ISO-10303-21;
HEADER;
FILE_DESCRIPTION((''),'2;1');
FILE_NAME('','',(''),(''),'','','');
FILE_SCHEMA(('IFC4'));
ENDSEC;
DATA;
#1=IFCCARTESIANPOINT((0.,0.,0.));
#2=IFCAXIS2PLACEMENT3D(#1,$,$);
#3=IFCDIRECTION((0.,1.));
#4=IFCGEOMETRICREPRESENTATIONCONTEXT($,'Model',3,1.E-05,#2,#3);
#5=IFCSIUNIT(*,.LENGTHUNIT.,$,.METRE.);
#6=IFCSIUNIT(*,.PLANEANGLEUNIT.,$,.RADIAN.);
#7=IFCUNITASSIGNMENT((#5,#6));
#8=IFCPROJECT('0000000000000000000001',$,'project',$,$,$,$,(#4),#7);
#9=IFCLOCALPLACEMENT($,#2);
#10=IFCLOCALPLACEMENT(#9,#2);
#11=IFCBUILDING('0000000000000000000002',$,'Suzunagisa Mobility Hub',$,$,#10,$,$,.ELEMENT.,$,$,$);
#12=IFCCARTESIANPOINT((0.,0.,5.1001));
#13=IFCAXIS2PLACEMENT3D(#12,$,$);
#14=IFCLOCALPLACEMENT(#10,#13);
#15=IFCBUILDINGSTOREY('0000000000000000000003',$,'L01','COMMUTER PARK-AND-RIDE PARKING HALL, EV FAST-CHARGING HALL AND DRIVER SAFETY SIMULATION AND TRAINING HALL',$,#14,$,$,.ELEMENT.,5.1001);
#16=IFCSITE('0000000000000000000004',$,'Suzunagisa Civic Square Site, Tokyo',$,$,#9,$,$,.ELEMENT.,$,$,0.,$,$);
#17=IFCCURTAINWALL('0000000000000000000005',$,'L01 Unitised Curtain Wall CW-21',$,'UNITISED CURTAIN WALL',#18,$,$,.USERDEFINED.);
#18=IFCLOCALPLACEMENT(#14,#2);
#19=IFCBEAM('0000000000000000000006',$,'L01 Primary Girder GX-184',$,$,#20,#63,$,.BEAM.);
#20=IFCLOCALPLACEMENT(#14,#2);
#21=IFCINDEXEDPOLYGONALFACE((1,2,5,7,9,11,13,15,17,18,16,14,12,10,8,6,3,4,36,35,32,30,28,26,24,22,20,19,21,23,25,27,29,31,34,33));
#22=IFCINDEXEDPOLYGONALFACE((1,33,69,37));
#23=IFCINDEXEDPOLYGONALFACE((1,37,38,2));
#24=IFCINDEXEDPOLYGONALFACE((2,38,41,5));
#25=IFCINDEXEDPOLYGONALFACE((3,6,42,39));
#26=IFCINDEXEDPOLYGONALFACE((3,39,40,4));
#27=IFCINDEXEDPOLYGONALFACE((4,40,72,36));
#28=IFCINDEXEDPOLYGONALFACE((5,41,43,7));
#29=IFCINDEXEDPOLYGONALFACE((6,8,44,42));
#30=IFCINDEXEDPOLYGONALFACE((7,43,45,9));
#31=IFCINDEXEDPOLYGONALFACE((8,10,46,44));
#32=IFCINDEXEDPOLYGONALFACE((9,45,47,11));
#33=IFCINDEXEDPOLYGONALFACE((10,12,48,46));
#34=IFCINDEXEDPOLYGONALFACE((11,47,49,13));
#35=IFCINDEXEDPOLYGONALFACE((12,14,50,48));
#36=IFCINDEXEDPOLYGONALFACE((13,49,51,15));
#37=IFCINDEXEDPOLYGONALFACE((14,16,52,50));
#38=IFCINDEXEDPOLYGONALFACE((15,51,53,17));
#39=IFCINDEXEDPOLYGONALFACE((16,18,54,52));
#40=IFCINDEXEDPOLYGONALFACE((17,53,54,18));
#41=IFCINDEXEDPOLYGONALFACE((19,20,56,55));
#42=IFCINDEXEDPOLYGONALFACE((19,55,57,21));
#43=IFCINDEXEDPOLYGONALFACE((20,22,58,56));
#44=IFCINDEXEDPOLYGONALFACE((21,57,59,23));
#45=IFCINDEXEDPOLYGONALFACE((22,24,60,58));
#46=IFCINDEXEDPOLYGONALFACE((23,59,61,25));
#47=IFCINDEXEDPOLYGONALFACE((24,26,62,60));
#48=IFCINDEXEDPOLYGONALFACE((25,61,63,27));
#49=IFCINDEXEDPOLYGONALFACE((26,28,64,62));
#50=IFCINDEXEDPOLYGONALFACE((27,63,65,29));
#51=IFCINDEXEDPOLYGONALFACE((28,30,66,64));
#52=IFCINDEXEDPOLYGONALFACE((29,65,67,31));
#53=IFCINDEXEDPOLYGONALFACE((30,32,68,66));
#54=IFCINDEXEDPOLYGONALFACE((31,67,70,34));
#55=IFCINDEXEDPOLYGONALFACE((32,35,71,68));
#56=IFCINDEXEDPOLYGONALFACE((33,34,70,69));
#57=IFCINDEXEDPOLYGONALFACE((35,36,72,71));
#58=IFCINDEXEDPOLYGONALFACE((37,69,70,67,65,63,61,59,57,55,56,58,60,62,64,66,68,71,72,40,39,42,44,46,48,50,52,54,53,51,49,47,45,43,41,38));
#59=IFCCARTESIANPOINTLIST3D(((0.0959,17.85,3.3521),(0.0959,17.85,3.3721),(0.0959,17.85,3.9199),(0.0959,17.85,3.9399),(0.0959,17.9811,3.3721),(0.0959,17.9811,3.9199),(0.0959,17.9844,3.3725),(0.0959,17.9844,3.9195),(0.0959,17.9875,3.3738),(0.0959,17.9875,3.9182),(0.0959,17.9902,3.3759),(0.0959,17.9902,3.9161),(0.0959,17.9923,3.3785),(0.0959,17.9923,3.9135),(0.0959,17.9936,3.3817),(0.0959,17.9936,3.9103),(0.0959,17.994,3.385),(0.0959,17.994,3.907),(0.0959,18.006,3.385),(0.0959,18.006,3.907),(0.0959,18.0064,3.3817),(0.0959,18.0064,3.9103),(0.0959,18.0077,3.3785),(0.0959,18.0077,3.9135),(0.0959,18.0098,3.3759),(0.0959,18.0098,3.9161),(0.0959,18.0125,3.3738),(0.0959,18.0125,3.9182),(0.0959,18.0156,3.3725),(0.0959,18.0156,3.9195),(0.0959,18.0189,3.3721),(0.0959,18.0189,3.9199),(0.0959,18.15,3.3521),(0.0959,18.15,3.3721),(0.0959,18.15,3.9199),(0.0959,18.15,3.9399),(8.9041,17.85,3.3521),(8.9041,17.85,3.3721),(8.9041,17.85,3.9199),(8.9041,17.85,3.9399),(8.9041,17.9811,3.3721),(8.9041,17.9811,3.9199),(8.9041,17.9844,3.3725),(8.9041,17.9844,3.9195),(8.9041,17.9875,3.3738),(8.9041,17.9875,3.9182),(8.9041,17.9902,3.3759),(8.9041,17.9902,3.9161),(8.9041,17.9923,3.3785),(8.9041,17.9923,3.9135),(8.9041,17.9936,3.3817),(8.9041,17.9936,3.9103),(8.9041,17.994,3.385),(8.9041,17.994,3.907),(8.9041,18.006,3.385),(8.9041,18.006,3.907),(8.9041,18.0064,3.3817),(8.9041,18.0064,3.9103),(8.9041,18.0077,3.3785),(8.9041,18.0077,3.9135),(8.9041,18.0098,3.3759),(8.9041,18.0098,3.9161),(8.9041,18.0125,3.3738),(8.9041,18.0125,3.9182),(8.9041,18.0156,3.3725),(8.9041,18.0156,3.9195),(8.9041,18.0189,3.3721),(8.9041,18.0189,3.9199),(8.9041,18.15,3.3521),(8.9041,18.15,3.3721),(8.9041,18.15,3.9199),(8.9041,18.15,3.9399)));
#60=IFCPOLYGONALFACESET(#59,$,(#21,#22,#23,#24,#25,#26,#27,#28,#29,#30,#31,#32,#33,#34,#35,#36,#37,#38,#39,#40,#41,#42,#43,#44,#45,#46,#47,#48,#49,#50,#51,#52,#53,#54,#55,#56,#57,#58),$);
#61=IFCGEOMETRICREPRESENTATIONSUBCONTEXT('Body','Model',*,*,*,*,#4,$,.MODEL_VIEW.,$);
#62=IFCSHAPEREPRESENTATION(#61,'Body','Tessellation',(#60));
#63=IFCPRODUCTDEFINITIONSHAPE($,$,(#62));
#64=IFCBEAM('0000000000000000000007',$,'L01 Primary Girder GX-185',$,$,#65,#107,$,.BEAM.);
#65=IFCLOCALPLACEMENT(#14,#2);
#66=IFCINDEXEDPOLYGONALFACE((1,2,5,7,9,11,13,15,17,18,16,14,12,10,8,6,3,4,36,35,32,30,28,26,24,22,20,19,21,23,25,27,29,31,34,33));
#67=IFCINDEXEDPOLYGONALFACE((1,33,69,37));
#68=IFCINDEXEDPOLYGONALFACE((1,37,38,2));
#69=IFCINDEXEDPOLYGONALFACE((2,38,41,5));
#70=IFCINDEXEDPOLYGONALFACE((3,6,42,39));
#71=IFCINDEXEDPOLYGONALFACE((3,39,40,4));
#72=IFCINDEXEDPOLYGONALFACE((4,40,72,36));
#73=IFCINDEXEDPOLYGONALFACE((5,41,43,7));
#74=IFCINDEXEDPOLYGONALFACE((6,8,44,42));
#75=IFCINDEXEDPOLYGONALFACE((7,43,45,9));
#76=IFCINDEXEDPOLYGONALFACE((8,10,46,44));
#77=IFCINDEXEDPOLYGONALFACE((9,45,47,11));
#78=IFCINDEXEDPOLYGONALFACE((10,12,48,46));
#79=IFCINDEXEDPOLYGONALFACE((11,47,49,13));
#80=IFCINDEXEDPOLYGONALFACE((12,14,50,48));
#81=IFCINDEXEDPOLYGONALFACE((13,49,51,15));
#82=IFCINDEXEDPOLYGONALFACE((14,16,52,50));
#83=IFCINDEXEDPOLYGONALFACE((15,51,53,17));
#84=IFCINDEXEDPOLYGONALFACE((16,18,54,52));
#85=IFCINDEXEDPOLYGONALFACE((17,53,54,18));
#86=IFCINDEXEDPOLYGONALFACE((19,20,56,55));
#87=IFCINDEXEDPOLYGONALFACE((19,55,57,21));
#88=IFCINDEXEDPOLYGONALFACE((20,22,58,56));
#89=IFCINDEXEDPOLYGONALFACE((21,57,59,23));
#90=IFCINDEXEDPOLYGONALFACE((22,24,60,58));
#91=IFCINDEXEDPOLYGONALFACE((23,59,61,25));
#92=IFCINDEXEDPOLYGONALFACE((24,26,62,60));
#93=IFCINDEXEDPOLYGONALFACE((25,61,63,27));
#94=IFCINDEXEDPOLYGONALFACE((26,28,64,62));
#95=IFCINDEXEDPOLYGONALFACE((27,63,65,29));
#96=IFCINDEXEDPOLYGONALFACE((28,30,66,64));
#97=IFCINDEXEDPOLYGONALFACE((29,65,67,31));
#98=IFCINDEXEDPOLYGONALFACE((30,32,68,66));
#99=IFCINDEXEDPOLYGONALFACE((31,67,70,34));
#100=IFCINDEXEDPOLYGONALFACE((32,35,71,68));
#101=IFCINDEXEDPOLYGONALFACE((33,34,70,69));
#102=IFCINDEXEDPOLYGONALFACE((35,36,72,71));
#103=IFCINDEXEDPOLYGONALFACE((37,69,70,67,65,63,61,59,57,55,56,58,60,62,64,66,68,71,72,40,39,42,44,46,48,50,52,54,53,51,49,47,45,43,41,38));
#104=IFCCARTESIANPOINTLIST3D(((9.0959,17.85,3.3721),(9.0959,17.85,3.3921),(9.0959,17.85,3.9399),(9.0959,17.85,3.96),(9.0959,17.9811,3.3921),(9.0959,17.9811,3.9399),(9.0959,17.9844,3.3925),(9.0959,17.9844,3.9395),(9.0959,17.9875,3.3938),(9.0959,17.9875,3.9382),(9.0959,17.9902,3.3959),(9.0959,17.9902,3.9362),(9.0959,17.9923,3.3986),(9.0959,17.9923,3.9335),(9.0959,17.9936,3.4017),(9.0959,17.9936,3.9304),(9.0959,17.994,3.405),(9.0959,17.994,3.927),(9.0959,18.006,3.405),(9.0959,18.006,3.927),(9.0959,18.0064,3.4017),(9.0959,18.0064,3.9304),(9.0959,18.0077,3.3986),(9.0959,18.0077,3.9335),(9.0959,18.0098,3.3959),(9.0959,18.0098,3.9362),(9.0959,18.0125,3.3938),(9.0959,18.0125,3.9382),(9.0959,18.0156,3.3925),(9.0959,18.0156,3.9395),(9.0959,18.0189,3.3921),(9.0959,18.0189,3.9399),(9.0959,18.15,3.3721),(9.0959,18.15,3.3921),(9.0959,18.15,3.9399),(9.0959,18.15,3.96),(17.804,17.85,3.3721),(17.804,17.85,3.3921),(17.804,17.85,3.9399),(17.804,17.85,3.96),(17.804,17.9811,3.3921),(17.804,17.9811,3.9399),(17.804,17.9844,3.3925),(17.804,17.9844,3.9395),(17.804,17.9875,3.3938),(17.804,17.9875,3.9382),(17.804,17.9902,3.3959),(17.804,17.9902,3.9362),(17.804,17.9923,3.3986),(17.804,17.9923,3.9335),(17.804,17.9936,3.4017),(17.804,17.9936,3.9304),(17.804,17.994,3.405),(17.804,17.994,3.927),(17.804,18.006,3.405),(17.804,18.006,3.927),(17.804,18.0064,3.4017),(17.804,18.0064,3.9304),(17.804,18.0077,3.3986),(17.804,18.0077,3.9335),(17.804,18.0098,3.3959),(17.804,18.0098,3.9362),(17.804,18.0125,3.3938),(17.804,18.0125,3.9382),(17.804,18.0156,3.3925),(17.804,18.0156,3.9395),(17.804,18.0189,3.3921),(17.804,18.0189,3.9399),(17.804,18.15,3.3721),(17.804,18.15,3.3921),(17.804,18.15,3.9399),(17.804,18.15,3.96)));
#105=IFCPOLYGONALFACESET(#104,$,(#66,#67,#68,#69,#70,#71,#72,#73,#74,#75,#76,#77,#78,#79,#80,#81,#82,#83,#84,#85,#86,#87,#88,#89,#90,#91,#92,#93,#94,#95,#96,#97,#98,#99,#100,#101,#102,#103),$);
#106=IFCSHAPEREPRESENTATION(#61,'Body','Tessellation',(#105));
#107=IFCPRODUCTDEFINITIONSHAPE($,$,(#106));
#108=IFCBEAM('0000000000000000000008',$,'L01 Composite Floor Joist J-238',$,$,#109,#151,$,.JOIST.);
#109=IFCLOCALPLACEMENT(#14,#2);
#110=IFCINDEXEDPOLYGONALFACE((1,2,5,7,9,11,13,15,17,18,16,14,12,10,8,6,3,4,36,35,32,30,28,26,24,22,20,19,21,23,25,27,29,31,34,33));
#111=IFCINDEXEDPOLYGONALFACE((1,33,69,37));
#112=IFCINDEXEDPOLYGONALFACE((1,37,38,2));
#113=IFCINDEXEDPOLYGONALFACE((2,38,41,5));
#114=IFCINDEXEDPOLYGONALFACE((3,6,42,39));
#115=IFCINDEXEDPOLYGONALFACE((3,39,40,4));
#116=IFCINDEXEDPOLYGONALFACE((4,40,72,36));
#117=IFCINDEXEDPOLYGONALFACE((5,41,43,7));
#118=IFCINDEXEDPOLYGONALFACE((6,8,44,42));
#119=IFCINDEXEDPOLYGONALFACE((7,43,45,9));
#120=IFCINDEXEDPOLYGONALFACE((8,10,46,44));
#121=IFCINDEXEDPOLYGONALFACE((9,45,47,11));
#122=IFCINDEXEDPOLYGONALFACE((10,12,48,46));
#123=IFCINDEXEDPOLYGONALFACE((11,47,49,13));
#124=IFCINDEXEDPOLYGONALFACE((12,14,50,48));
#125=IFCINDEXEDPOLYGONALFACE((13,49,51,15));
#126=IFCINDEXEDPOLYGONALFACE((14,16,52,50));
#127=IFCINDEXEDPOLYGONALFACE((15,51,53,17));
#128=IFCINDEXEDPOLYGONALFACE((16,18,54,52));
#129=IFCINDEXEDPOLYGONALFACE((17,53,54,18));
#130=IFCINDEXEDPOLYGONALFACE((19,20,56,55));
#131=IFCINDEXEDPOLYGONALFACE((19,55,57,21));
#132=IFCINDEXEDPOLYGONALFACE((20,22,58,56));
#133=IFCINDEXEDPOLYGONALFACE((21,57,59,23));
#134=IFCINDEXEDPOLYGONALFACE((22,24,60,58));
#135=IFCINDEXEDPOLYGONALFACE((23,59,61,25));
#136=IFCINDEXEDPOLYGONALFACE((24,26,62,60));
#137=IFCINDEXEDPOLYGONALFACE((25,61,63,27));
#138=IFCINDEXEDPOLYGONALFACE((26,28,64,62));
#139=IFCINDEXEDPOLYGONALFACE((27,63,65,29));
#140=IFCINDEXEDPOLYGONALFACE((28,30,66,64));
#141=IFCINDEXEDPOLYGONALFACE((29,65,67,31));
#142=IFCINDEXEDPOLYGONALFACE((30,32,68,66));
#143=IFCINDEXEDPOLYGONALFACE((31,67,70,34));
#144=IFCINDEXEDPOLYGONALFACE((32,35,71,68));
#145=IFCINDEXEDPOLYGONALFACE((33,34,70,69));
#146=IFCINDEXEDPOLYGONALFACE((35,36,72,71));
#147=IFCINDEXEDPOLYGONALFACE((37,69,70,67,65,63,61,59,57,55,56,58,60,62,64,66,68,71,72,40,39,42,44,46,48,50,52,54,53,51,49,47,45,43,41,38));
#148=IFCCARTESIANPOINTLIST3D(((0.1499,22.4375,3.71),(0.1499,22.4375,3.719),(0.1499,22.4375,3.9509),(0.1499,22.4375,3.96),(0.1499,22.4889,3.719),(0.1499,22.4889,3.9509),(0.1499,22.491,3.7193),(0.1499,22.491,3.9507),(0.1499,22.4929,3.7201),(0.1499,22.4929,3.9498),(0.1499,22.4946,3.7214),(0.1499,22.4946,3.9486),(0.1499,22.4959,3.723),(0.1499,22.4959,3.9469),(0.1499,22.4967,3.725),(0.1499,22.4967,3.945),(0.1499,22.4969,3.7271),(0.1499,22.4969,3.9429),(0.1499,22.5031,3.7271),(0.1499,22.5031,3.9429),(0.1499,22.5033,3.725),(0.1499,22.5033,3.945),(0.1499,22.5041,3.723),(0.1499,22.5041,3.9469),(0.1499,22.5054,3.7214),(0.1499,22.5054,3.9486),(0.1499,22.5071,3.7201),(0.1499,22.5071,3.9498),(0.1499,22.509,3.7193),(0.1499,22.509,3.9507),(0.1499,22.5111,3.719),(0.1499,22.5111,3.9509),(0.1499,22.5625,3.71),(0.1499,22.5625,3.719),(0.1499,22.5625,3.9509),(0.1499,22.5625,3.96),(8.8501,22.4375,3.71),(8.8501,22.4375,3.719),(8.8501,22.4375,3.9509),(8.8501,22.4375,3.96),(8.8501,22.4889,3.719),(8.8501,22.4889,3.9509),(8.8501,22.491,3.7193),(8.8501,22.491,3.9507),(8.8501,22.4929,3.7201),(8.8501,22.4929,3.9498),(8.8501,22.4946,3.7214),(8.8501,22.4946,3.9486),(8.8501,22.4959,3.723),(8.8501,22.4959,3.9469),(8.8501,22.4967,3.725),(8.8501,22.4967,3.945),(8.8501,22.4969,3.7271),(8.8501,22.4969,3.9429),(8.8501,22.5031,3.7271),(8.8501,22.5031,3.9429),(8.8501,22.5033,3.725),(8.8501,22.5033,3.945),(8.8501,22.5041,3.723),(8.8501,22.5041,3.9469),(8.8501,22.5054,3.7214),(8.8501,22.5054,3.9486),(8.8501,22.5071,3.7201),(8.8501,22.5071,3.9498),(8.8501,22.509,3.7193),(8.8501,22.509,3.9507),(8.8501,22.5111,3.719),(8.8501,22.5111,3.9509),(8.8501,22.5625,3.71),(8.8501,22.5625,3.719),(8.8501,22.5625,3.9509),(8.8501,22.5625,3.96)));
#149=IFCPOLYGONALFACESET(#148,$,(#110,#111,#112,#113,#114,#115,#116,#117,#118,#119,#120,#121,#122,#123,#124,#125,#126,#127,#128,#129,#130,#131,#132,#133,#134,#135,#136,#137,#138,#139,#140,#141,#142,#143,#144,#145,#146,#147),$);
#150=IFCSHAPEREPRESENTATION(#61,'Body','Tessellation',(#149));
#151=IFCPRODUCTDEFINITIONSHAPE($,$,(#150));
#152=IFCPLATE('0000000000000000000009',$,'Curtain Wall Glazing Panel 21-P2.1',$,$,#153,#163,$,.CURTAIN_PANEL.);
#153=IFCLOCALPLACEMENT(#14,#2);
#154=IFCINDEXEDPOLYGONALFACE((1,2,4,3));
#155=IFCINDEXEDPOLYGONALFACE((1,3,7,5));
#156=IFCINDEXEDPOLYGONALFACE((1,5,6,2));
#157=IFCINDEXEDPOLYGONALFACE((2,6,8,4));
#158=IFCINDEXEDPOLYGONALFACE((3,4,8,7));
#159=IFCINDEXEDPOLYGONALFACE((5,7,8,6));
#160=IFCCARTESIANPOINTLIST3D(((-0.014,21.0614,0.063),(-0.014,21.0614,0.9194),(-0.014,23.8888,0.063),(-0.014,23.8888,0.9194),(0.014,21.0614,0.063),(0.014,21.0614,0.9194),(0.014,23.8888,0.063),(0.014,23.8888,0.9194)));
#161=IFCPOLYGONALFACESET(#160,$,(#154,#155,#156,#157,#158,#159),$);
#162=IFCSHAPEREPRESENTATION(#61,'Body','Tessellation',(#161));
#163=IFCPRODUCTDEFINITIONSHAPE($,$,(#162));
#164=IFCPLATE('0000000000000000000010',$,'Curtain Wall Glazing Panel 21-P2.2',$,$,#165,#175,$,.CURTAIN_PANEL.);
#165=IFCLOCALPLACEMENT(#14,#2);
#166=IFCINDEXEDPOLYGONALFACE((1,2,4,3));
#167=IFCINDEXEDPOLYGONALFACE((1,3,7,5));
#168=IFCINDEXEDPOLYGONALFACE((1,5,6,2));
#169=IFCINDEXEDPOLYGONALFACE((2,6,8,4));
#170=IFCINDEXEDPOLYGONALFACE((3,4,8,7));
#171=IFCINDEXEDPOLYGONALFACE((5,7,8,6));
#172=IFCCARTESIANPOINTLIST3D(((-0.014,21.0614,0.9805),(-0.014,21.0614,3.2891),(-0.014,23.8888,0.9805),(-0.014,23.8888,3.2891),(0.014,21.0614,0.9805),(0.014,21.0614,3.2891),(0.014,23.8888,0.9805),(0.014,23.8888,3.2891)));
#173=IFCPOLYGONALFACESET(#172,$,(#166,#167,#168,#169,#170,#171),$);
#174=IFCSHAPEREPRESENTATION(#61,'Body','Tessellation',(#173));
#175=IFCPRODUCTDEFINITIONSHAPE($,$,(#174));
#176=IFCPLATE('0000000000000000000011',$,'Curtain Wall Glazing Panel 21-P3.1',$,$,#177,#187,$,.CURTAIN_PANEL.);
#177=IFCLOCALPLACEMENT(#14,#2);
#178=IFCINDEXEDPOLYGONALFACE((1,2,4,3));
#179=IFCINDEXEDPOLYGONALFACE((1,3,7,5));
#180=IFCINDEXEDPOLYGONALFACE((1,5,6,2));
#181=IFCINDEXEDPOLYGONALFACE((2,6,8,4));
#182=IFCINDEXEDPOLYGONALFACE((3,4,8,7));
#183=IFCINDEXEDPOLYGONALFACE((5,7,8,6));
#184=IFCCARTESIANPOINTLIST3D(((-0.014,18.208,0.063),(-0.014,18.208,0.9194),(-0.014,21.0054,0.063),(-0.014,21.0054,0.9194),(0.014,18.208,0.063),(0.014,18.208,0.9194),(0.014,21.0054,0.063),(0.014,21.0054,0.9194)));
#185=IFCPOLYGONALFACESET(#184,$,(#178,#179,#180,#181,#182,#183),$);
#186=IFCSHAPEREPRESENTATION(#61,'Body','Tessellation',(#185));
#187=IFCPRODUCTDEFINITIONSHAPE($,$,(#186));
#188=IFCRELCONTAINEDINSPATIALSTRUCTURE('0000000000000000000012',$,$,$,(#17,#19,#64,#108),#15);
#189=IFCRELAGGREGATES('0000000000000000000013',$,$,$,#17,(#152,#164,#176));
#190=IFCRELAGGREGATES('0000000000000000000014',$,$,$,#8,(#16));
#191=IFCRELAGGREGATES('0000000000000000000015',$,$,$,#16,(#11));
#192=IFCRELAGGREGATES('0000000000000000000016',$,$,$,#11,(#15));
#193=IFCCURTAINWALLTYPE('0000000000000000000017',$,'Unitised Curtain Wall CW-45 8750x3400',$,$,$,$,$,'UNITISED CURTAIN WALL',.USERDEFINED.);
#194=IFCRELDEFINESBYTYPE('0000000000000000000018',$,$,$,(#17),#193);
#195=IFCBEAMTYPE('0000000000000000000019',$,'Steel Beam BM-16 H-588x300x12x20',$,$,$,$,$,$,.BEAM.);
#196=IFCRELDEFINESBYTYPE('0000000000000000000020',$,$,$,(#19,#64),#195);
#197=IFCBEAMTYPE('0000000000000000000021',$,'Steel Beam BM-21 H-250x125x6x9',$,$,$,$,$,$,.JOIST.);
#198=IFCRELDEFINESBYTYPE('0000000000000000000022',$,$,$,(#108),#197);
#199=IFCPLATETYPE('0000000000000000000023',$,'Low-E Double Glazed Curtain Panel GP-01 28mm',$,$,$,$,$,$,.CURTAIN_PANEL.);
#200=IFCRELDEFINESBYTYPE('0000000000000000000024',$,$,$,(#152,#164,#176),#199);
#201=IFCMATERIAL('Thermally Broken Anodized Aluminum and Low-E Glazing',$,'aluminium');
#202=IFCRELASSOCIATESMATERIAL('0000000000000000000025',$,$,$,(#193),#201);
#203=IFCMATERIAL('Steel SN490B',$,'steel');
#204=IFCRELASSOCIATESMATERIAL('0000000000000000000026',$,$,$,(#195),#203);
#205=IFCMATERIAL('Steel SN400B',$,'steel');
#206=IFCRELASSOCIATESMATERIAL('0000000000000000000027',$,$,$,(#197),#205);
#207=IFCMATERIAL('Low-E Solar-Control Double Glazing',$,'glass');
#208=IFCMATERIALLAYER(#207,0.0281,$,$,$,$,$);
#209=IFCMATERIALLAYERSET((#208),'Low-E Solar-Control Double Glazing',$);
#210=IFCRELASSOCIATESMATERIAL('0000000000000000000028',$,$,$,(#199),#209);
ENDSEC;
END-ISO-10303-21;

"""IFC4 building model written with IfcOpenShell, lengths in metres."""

from ifc_helpers import new_model, si_unit, direction, frame, origin, origin_2d, place, context, subcontext, project, spatial, rectangle, i_section, extrude, material, layer, layer_set, material_profile, profile_set, type_object, element, aggregate, save


model = new_model("IFC4")

# Units and contexts
model_context = context("Model", 3, precision=1e-05, world=origin(), true_north=direction((0.0, 1.0)))
body_context = subcontext(model_context, "Body", "Model", "MODEL_VIEW")
ifc_project = project(units=[si_unit("LENGTHUNIT", "METRE"), si_unit("PLANEANGLEUNIT", "RADIAN")], contexts=[model_context])

# Site, building, storey
site_placement = place(None, origin())
site = spatial("IfcSite", under=ifc_project, at=site_placement, Name="Suzunagisa Civic Square Site, Tokyo", CompositionType="ELEMENT", RefElevation=0.0)
building_placement = place(site_placement, origin())
building = spatial("IfcBuilding", under=site, at=building_placement, Name="Suzunagisa Mobility Hub", CompositionType="ELEMENT")
storey_placement = place(building_placement, frame((0.0, 0.0, 5.1001)))
storey = spatial("IfcBuildingStorey", under=building, at=storey_placement, Name="L01", Description="COMMUTER PARK-AND-RIDE PARKING HALL, EV FAST-CHARGING HALL AND DRIVER SAFETY SIMULATION AND TRAINING HALL", CompositionType="ELEMENT", Elevation=5.1001)

# Shared definitions
ifc_material_1 = material(Name="Steel SN490B", Category="steel")

# Curtain wall
ifc_material_2 = material(Name="Thermally Broken Anodized Aluminum and Low-E Glazing", Category="aluminium")
curtain_wall_type = type_object("IfcCurtainWallType", Name="Unitised Curtain Wall CW-45 8750x3400", ElementType="UNITISED CURTAIN WALL", PredefinedType="USERDEFINED", material=ifc_material_2)
curtain_wall_placement = place(storey_placement, origin())
curtain_wall = element("IfcCurtainWall", 1, at=curtain_wall_placement, inside=storey, type_object=curtain_wall_type, Name="L01 Unitised Curtain Wall CW-21", ObjectType="UNITISED CURTAIN WALL", PredefinedType="USERDEFINED")

# Beams
ifc_material_profile_1 = material_profile(ifc_material_1, i_section(OverallWidth=0.3, OverallDepth=0.5879, WebThickness=0.012, FlangeThickness=0.02, FilletRadius=0.0129, at=origin_2d()), Name="H-588x300x12x20")
ifc_profile_set_1 = profile_set([ifc_material_profile_1], Name="Steel SN490B")
beam_type_1 = type_object("IfcBeamType", Name="Steel Beam BM-16 H-588x300x12x20", PredefinedType="BEAM", material=ifc_profile_set_1)
beam_1_placement = place(storey_placement, frame((0.0959, 18.0, 3.646), z_axis=(1.0, 0.0, 0.0), x_axis=(0.0, 1.0, 0.0)))
element("IfcBeam", 2, at=beam_1_placement, inside=storey, type_object=beam_type_1, Name="L01 Primary Girder GX-184", PredefinedType="BEAM", context=body_context, shape_type="SweptSolid", body=[
    extrude(i_section(OverallWidth=0.3, OverallDepth=0.5879, WebThickness=0.012, FlangeThickness=0.02, FilletRadius=0.0129, at=origin_2d()), origin(), (0.0, 0.0, 1.0), 8.8081),
])
beam_2_placement = place(storey_placement, frame((9.0959, 18.0, 3.666), z_axis=(1.0, 0.0, 0.0), x_axis=(0.0, 1.0, 0.0)))
element("IfcBeam", 3, at=beam_2_placement, inside=storey, type_object=beam_type_1, Name="L01 Primary Girder GX-185", PredefinedType="BEAM", context=body_context, shape_type="SweptSolid", body=[
    extrude(i_section(OverallWidth=0.3, OverallDepth=0.5879, WebThickness=0.012, FlangeThickness=0.02, FilletRadius=0.0129, at=origin_2d()), origin(), (0.0, 0.0, 1.0), 8.708),
])
ifc_material_3 = material(Name="Steel SN400B", Category="steel")
ifc_material_profile_2 = material_profile(ifc_material_3, i_section(OverallWidth=0.125, OverallDepth=0.25, WebThickness=0.0061, FlangeThickness=0.009, FilletRadius=0.0081, at=origin_2d()), Name="H-250x125x6x9")
ifc_profile_set_2 = profile_set([ifc_material_profile_2], Name="Steel SN400B")
beam_type_2 = type_object("IfcBeamType", Name="Steel Beam BM-21 H-250x125x6x9", PredefinedType="JOIST", material=ifc_profile_set_2)
beam_3_placement = place(storey_placement, frame((0.1499, 22.5, 3.835), z_axis=(1.0, 0.0, 0.0), x_axis=(0.0, 1.0, 0.0)))
element("IfcBeam", 4, at=beam_3_placement, inside=storey, type_object=beam_type_2, Name="L01 Composite Floor Joist J-238", PredefinedType="JOIST", context=body_context, shape_type="SweptSolid", body=[
    extrude(i_section(OverallWidth=0.125, OverallDepth=0.25, WebThickness=0.0061, FlangeThickness=0.009, FilletRadius=0.0081, at=origin_2d()), origin(), (0.0, 0.0, 1.0), 8.7002),
])

# Plates
ifc_material_4 = material(Name="Low-E Solar-Control Double Glazing", Category="glass")
ifc_layer_1 = layer(ifc_material_4, 0.0281)
ifc_layer_set_1 = layer_set([ifc_layer_1], Name="Low-E Solar-Control Double Glazing")
plate_type = type_object("IfcPlateType", Name="Low-E Double Glazed Curtain Panel GP-01 28mm", PredefinedType="CURTAIN_PANEL", material=ifc_layer_set_1)
plate_1_placement = place(storey_placement, frame((0.0, 22.4751, 0.063), z_axis=(0.0, 0.0, 1.0), x_axis=(0.0, -1.0, 0.0)))
plate_1 = element("IfcPlate", 5, at=plate_1_placement, type_object=plate_type, Name="Curtain Wall Glazing Panel 21-P2.1", PredefinedType="CURTAIN_PANEL", context=body_context, shape_type="SweptSolid", body=[
    extrude(rectangle(XDim=2.8274, YDim=0.0281, at=origin_2d()), origin(), (0.0, 0.0, 1.0), 0.8564),
])
plate_2_placement = place(storey_placement, frame((0.0, 22.4751, 0.9805), z_axis=(0.0, 0.0, 1.0), x_axis=(0.0, -1.0, 0.0)))
plate_2 = element("IfcPlate", 6, at=plate_2_placement, type_object=plate_type, Name="Curtain Wall Glazing Panel 21-P2.2", PredefinedType="CURTAIN_PANEL", context=body_context, shape_type="SweptSolid", body=[
    extrude(rectangle(XDim=2.8274, YDim=0.0281, at=origin_2d()), origin(), (0.0, 0.0, 1.0), 2.3086),
])
plate_3_placement = place(storey_placement, frame((0.0, 19.6067, 0.063), z_axis=(0.0, 0.0, 1.0), x_axis=(0.0, -1.0, 0.0)))
plate_3 = element("IfcPlate", 7, at=plate_3_placement, type_object=plate_type, Name="Curtain Wall Glazing Panel 21-P3.1", PredefinedType="CURTAIN_PANEL", context=body_context, shape_type="SweptSolid", body=[
    extrude(rectangle(XDim=2.7974, YDim=0.0281, at=origin_2d()), origin(), (0.0, 0.0, 1.0), 0.8564),
])
aggregate(curtain_wall, [plate_1, plate_2, plate_3])

save(model, "model.ifc")
